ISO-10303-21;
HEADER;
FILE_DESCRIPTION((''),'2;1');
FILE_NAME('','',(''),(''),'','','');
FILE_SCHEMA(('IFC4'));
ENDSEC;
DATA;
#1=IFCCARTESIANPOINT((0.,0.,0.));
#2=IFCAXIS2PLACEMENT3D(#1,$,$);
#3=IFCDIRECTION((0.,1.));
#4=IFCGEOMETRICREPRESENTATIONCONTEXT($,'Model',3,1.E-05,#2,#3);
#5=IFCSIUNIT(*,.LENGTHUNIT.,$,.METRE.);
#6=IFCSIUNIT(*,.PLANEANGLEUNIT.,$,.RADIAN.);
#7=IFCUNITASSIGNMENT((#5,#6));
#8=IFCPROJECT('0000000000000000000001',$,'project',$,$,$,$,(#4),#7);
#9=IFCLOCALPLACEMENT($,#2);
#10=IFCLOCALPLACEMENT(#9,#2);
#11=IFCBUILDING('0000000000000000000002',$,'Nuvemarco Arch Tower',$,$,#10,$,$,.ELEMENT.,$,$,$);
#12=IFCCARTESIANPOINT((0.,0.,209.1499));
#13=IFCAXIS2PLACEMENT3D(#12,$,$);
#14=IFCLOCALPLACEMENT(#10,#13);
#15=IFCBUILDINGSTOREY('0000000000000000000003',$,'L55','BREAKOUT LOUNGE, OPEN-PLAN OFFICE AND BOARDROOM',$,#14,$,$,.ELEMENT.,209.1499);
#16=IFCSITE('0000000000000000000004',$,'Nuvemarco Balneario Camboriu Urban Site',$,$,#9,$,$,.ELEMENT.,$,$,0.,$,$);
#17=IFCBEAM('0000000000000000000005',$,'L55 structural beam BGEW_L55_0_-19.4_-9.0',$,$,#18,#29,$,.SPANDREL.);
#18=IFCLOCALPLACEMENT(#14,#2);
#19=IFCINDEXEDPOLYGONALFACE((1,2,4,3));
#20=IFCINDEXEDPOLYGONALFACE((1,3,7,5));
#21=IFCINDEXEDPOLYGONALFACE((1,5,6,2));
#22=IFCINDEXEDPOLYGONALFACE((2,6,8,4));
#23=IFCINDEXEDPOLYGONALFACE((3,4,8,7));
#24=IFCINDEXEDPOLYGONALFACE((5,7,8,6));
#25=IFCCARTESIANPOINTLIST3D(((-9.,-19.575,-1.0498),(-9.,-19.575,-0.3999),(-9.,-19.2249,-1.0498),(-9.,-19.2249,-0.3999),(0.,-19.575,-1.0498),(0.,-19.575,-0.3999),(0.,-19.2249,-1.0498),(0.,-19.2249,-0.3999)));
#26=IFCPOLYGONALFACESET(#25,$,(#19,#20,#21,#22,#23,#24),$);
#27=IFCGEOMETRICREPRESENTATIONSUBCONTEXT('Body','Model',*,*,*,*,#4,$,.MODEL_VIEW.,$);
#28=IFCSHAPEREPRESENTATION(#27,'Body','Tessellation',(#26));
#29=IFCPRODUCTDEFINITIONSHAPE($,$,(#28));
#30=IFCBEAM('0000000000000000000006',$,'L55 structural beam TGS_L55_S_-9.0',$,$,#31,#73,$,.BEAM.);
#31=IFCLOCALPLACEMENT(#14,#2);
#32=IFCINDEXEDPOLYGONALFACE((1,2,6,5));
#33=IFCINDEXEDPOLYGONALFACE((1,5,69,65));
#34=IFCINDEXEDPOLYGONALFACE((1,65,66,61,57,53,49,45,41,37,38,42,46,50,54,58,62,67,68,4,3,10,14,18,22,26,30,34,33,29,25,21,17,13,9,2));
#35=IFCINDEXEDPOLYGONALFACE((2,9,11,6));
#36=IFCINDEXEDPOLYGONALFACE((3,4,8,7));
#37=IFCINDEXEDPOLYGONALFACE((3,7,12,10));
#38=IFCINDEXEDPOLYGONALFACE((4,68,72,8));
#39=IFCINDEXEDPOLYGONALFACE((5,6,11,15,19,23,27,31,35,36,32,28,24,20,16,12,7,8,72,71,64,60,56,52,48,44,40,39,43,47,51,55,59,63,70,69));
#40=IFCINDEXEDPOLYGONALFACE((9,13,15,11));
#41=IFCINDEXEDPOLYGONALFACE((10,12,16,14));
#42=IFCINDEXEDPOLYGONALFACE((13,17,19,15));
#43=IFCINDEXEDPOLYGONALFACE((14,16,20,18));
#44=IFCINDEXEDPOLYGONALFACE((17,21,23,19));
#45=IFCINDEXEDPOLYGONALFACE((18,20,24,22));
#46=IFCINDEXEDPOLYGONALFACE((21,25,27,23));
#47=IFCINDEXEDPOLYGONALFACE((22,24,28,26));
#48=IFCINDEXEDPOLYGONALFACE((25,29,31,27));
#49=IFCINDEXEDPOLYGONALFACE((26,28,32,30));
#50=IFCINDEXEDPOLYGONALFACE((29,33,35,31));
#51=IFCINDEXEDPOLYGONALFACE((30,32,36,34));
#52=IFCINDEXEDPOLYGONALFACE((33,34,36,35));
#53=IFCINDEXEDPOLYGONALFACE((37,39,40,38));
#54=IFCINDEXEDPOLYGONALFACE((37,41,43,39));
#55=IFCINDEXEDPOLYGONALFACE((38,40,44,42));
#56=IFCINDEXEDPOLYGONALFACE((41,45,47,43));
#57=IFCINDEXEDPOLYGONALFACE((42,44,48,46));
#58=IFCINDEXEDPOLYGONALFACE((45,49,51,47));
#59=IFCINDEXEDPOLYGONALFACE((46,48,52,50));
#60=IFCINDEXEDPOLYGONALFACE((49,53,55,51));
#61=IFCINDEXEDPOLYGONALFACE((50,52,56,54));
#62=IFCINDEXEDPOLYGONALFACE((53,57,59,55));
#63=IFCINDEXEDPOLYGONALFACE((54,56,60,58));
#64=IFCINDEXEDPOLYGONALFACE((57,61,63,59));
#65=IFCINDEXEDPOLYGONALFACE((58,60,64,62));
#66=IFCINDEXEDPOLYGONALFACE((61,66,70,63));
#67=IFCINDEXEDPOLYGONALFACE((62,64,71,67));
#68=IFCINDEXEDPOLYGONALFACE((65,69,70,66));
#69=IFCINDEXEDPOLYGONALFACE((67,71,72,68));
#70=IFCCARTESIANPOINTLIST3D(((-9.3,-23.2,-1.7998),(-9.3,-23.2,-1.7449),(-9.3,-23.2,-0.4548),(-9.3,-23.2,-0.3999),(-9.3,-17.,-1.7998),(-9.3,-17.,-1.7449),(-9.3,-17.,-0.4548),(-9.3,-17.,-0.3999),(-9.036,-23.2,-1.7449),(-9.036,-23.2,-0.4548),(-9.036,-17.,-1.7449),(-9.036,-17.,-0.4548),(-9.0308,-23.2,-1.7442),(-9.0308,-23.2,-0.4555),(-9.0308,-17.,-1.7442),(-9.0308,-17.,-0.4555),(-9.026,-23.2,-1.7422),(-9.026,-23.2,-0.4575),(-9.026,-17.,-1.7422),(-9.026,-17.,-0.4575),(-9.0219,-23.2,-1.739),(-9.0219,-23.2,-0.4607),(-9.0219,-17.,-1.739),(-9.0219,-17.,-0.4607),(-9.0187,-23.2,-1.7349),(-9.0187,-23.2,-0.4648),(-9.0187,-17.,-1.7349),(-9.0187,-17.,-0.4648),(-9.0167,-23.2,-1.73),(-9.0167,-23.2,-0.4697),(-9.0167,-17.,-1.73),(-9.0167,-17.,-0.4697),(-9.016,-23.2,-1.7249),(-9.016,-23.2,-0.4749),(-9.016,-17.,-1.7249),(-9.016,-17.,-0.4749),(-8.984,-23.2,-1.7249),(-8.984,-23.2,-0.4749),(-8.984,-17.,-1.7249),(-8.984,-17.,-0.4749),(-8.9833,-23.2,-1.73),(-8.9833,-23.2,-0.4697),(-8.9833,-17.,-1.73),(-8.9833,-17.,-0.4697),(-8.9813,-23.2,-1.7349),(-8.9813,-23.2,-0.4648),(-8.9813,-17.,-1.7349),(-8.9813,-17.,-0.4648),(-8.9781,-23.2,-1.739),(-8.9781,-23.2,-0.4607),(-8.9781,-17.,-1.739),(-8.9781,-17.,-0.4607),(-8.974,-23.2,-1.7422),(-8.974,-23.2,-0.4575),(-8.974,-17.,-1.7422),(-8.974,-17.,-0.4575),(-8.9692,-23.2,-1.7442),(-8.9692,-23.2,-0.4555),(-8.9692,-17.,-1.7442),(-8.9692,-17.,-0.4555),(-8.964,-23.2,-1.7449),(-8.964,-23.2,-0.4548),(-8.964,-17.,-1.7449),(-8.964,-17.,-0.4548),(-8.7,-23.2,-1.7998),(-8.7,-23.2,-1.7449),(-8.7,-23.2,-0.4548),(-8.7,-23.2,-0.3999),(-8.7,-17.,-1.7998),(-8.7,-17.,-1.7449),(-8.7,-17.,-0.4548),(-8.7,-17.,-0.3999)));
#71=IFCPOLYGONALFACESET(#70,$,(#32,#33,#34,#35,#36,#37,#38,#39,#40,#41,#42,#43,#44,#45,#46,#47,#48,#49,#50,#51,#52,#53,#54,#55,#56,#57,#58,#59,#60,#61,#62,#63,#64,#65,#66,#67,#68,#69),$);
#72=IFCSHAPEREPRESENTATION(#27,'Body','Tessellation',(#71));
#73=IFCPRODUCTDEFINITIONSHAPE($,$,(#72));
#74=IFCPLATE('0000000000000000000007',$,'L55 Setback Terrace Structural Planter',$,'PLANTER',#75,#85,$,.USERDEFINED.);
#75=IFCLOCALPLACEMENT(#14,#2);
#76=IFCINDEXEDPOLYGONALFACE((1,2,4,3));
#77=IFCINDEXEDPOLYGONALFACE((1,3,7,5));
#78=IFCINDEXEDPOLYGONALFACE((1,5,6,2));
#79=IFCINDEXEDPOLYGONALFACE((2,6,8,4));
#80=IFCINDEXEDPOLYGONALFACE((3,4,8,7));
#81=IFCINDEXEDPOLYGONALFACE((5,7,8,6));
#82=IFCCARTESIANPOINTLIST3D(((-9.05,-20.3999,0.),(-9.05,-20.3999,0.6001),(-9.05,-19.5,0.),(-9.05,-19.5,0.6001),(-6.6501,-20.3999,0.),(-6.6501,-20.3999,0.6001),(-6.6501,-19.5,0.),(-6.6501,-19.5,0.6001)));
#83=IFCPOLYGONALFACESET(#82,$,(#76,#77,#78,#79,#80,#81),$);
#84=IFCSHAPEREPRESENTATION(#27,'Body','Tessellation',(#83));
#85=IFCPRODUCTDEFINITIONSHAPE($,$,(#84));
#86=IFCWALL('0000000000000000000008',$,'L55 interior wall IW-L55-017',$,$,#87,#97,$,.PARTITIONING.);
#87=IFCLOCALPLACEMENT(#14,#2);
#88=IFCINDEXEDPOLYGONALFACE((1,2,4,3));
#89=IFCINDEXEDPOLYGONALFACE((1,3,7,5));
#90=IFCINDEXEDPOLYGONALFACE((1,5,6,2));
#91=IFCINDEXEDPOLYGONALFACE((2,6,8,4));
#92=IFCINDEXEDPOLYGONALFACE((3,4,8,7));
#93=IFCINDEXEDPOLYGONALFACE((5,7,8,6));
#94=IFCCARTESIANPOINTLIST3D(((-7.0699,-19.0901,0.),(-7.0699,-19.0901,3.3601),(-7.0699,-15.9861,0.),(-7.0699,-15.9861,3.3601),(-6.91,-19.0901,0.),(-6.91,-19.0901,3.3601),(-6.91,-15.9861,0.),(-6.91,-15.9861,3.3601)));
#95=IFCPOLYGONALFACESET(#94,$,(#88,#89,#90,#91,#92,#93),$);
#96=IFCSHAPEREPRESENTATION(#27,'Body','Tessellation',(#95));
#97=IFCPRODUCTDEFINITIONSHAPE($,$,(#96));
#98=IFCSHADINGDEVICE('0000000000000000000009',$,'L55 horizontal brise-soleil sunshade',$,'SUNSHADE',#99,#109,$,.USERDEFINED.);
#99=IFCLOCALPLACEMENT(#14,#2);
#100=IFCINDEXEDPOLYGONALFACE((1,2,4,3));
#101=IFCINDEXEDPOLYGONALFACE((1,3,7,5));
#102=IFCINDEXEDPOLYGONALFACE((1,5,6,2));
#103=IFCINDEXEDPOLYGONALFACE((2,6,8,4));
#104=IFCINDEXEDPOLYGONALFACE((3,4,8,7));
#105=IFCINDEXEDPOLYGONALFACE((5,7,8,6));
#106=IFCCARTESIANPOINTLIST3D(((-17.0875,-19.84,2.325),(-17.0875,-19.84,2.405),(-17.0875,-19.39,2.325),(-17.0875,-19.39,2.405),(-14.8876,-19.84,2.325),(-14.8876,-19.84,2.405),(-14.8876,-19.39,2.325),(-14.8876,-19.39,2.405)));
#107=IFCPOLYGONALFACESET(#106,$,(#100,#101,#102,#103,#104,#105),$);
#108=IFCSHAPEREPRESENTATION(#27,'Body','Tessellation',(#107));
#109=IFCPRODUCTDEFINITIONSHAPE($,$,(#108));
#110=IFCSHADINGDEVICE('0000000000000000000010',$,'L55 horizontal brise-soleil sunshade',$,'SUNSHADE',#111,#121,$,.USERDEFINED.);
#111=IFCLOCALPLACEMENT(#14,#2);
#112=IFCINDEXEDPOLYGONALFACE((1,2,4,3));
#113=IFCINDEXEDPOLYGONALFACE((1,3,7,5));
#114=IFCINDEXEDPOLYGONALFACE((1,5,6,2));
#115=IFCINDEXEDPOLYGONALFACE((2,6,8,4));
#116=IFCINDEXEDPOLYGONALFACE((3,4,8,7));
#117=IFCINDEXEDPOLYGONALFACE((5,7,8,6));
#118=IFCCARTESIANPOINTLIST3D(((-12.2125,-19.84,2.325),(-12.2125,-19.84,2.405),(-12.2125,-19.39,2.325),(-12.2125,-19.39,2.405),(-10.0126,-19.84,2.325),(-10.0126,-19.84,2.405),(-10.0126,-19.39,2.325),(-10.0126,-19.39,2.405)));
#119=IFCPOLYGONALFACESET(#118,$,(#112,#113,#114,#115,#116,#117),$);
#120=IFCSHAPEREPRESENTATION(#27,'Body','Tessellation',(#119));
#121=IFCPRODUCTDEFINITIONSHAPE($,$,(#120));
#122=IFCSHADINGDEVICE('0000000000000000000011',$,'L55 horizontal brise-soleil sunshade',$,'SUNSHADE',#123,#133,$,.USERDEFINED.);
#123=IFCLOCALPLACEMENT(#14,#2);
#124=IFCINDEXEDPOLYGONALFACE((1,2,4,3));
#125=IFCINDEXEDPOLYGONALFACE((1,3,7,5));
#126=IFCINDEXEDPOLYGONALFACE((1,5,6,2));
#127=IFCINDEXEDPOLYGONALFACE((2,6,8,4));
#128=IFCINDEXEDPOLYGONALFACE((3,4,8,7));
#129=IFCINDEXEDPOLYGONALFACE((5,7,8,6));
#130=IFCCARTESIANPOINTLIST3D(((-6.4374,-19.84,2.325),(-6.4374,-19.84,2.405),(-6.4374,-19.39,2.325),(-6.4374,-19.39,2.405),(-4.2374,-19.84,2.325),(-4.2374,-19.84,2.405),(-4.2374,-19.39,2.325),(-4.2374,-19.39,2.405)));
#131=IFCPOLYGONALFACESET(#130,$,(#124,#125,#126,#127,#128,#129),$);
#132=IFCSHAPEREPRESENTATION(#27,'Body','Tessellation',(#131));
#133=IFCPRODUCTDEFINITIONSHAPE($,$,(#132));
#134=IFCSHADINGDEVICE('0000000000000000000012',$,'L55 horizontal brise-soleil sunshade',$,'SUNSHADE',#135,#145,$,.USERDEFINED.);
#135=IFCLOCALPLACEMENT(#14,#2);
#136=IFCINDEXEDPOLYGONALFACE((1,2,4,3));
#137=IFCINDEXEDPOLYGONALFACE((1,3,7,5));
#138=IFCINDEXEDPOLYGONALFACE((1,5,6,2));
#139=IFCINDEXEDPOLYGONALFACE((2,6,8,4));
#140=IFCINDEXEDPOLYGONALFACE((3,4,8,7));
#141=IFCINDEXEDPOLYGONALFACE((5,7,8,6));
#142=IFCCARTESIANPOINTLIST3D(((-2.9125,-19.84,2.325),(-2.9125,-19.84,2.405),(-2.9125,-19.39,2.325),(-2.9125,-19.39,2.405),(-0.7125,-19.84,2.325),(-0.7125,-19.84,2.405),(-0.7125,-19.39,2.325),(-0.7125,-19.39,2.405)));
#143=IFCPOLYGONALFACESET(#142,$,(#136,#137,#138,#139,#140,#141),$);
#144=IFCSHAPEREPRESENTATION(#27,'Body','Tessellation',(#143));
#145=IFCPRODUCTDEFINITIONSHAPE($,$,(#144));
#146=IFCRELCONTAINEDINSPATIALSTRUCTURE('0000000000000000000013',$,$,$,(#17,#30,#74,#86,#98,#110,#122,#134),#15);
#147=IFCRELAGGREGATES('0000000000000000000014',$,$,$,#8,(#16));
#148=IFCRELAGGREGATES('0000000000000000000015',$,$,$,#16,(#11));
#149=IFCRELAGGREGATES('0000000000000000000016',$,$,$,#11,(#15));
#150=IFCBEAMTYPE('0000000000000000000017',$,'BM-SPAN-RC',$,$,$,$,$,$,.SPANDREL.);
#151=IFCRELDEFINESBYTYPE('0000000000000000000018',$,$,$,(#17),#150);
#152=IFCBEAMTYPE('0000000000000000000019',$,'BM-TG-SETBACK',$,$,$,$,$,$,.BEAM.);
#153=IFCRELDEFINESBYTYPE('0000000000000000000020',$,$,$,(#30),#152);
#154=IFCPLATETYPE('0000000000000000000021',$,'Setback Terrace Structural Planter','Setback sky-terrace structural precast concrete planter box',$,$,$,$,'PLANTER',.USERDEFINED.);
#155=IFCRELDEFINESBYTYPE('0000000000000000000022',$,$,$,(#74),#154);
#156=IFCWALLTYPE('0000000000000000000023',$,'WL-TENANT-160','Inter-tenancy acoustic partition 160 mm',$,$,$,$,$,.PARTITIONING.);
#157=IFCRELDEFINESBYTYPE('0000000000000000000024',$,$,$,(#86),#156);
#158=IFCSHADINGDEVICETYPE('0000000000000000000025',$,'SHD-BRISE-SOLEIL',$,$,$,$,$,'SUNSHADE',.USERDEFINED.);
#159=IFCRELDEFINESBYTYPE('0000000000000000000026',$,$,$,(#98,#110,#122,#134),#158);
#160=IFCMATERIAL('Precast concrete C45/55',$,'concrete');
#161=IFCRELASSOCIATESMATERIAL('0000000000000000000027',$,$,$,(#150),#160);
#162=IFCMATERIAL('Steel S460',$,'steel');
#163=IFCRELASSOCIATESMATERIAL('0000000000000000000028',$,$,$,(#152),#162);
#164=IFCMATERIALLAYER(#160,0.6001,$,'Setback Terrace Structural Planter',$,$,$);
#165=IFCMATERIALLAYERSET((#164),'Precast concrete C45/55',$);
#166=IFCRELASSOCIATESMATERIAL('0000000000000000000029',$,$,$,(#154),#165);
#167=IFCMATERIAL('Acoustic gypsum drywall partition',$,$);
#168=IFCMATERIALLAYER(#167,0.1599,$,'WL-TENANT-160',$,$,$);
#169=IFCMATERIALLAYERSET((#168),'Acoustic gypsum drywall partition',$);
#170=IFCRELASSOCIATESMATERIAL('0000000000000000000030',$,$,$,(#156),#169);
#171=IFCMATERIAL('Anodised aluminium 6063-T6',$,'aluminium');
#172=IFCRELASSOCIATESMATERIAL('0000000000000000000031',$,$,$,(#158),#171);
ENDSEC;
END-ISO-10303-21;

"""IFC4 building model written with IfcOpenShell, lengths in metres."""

from ifc_helpers import new_model, si_unit, direction, frame, frame_2d, origin, origin_2d, place, context, subcontext, project, spatial, rectangle, i_section, extrude, source, transform, mapped, material, layer, layer_set, material_profile, profile_set, type_object, type_shapes, element, save


model = new_model("IFC4")

# Units and contexts
model_context = context("Model", 3, precision=1e-05, world=origin(), true_north=direction((0.0, 1.0)))
body_context = subcontext(model_context, "Body", "Model", "MODEL_VIEW")
ifc_project = project(units=[si_unit("LENGTHUNIT", "METRE"), si_unit("PLANEANGLEUNIT", "RADIAN")], contexts=[model_context])

# Site, building, storey
site_placement = place(None, origin())
site = spatial("IfcSite", under=ifc_project, at=site_placement, Name="Nuvemarco Balneario Camboriu Urban Site", CompositionType="ELEMENT", RefElevation=0.0)
building_placement = place(site_placement, origin())
building = spatial("IfcBuilding", under=site, at=building_placement, Name="Nuvemarco Arch Tower", CompositionType="ELEMENT")
storey_placement = place(building_placement, frame((0.0, 0.0, 209.1499)))
storey = spatial("IfcBuildingStorey", under=building, at=storey_placement, Name="L55", Description="BREAKOUT LOUNGE, OPEN-PLAN OFFICE AND BOARDROOM", CompositionType="ELEMENT", Elevation=209.1499)

# Beams
ifc_material_1 = material(Name="Precast concrete C45/55", Category="concrete")
ifc_material_profile_1 = material_profile(ifc_material_1, rectangle(XDim=0.3501, YDim=0.6499, at=origin_2d()), Name="PC-SP-350x650")
ifc_profile_set_1 = profile_set([ifc_material_profile_1], Name="Precast concrete C45/55")
beam_type_1 = type_object("IfcBeamType", Name="BM-SPAN-RC", PredefinedType="SPANDREL", material=ifc_profile_set_1)
beam_1_placement = place(storey_placement, frame((-9.0, -19.3999, -0.7249), z_axis=(1.0, 0.0, 0.0), x_axis=(0.0, 1.0, 0.0)))
element("IfcBeam", 1, at=beam_1_placement, inside=storey, type_object=beam_type_1, Name="L55 structural beam BGEW_L55_0_-19.4_-9.0", PredefinedType="SPANDREL", context=body_context, shape_type="SweptSolid", body=[
    extrude(rectangle(XDim=0.3501, YDim=0.6499, at=origin_2d()), origin(), (0.0, 0.0, 1.0), 9.0),
])
ifc_material_2 = material(Name="Steel S460", Category="steel")
ifc_material_profile_2 = material_profile(ifc_material_2, i_section(OverallWidth=0.6001, OverallDepth=1.3999, WebThickness=0.032, FlangeThickness=0.0549, FilletRadius=0.02, at=origin_2d()), Name="PG1400x600")
ifc_profile_set_2 = profile_set([ifc_material_profile_2], Name="Steel S460")
beam_type_2 = type_object("IfcBeamType", Name="BM-TG-SETBACK", PredefinedType="BEAM", material=ifc_profile_set_2)
beam_2_placement = place(storey_placement, frame((-9.0, -23.2, -1.0999), z_axis=(0.0, 1.0, 0.0), x_axis=(-1.0, 0.0, 0.0)))
element("IfcBeam", 2, at=beam_2_placement, inside=storey, type_object=beam_type_2, Name="L55 structural beam TGS_L55_S_-9.0", PredefinedType="BEAM", context=body_context, shape_type="SweptSolid", body=[
    extrude(i_section(OverallWidth=0.6001, OverallDepth=1.3999, WebThickness=0.032, FlangeThickness=0.0549, FilletRadius=0.02, at=origin_2d()), origin(), (0.0, 0.0, 1.0), 6.2),
])

# Plate
ifc_layer_1 = layer(ifc_material_1, 0.6001, Name="Setback Terrace Structural Planter")
ifc_layer_set_1 = layer_set([ifc_layer_1], Name="Precast concrete C45/55")
plate_type = type_object("IfcPlateType", Name="Setback Terrace Structural Planter", Description="Setback sky-terrace structural precast concrete planter box", ElementType="PLANTER", PredefinedType="USERDEFINED", material=ifc_layer_set_1)
shared_shape_1 = source(origin(), body_context, "Body", "SweptSolid", [
    extrude(rectangle(XDim=2.3999, YDim=0.8999, at=origin_2d()), origin(), (0.0, 0.0, 1.0), 0.6001),
])
type_shapes(plate_type, [shared_shape_1])
plate_placement = place(storey_placement, frame((-7.8501, -19.95, 0.0), z_axis=(0.0, 0.0, 1.0), x_axis=(1.0, 0.0, 0.0)))
element("IfcPlate", 3, at=plate_placement, inside=storey, type_object=plate_type, Name="L55 Setback Terrace Structural Planter", ObjectType="PLANTER", PredefinedType="USERDEFINED", context=body_context, shape_type="MappedRepresentation", body=[
    mapped(shared_shape_1, transform((0.0, 0.0, 0.0), scale=1.0)),
])

# Wall
ifc_material_3 = material(Name="Acoustic gypsum drywall partition")
ifc_layer_2 = layer(ifc_material_3, 0.1599, Name="WL-TENANT-160")
ifc_layer_set_2 = layer_set([ifc_layer_2], Name="Acoustic gypsum drywall partition")
wall_type = type_object("IfcWallType", Name="WL-TENANT-160", Description="Inter-tenancy acoustic partition 160 mm", PredefinedType="PARTITIONING", material=ifc_layer_set_2)
wall_placement = place(storey_placement, frame((-6.99, -19.0901, 0.0), z_axis=(0.0, 0.0, 1.0), x_axis=(0.0, 1.0, 0.0)))
element("IfcWall", 4, at=wall_placement, inside=storey, type_object=wall_type, Name="L55 interior wall IW-L55-017", PredefinedType="PARTITIONING", context=body_context, shape_type="SweptSolid", body=[
    extrude(rectangle(XDim=3.104, YDim=0.1599, at=frame_2d((1.552, 0.0))), origin(), (0.0, 0.0, 1.0), 3.3601),
])

# Shading devices
ifc_material_4 = material(Name="Anodised aluminium 6063-T6", Category="aluminium")
shading_device_type = type_object("IfcShadingDeviceType", Name="SHD-BRISE-SOLEIL", ElementType="SUNSHADE", PredefinedType="USERDEFINED", material=ifc_material_4)
shared_shape_2 = source(origin(), body_context, "Body", "SweptSolid", [
    extrude(rectangle(XDim=2.2, YDim=0.45, at=origin_2d()), origin(), (0.0, 0.0, 1.0), 0.0801),
])
type_shapes(shading_device_type, [shared_shape_2])
for number, where, z_axis, x_axis, name in (
    (5, (-15.9875, -19.615, 2.325), (0.0, 0.0, 1.0), (1.0, 0.0, 0.0), "L55 horizontal brise-soleil sunshade"),
    (6, (-11.1125, -19.615, 2.325), (0.0, 0.0, 1.0), (1.0, 0.0, 0.0), "L55 horizontal brise-soleil sunshade"),
    (7, (-5.3374, -19.615, 2.325), (0.0, 0.0, 1.0), (1.0, 0.0, 0.0), "L55 horizontal brise-soleil sunshade"),
    (8, (-1.8125, -19.615, 2.325), (0.0, 0.0, 1.0), (1.0, 0.0, 0.0), "L55 horizontal brise-soleil sunshade"),
):
    element("IfcShadingDevice", number, at=place(storey_placement, frame(where, z_axis=z_axis, x_axis=x_axis)), inside=storey, type_object=shading_device_type, Name=name, ObjectType="SUNSHADE", PredefinedType="USERDEFINED", context=body_context, shape_type="MappedRepresentation", body=[
        mapped(shared_shape_2, transform((0.0, 0.0, 0.0), scale=1.0)),
    ])

save(model, "model.ifc")
